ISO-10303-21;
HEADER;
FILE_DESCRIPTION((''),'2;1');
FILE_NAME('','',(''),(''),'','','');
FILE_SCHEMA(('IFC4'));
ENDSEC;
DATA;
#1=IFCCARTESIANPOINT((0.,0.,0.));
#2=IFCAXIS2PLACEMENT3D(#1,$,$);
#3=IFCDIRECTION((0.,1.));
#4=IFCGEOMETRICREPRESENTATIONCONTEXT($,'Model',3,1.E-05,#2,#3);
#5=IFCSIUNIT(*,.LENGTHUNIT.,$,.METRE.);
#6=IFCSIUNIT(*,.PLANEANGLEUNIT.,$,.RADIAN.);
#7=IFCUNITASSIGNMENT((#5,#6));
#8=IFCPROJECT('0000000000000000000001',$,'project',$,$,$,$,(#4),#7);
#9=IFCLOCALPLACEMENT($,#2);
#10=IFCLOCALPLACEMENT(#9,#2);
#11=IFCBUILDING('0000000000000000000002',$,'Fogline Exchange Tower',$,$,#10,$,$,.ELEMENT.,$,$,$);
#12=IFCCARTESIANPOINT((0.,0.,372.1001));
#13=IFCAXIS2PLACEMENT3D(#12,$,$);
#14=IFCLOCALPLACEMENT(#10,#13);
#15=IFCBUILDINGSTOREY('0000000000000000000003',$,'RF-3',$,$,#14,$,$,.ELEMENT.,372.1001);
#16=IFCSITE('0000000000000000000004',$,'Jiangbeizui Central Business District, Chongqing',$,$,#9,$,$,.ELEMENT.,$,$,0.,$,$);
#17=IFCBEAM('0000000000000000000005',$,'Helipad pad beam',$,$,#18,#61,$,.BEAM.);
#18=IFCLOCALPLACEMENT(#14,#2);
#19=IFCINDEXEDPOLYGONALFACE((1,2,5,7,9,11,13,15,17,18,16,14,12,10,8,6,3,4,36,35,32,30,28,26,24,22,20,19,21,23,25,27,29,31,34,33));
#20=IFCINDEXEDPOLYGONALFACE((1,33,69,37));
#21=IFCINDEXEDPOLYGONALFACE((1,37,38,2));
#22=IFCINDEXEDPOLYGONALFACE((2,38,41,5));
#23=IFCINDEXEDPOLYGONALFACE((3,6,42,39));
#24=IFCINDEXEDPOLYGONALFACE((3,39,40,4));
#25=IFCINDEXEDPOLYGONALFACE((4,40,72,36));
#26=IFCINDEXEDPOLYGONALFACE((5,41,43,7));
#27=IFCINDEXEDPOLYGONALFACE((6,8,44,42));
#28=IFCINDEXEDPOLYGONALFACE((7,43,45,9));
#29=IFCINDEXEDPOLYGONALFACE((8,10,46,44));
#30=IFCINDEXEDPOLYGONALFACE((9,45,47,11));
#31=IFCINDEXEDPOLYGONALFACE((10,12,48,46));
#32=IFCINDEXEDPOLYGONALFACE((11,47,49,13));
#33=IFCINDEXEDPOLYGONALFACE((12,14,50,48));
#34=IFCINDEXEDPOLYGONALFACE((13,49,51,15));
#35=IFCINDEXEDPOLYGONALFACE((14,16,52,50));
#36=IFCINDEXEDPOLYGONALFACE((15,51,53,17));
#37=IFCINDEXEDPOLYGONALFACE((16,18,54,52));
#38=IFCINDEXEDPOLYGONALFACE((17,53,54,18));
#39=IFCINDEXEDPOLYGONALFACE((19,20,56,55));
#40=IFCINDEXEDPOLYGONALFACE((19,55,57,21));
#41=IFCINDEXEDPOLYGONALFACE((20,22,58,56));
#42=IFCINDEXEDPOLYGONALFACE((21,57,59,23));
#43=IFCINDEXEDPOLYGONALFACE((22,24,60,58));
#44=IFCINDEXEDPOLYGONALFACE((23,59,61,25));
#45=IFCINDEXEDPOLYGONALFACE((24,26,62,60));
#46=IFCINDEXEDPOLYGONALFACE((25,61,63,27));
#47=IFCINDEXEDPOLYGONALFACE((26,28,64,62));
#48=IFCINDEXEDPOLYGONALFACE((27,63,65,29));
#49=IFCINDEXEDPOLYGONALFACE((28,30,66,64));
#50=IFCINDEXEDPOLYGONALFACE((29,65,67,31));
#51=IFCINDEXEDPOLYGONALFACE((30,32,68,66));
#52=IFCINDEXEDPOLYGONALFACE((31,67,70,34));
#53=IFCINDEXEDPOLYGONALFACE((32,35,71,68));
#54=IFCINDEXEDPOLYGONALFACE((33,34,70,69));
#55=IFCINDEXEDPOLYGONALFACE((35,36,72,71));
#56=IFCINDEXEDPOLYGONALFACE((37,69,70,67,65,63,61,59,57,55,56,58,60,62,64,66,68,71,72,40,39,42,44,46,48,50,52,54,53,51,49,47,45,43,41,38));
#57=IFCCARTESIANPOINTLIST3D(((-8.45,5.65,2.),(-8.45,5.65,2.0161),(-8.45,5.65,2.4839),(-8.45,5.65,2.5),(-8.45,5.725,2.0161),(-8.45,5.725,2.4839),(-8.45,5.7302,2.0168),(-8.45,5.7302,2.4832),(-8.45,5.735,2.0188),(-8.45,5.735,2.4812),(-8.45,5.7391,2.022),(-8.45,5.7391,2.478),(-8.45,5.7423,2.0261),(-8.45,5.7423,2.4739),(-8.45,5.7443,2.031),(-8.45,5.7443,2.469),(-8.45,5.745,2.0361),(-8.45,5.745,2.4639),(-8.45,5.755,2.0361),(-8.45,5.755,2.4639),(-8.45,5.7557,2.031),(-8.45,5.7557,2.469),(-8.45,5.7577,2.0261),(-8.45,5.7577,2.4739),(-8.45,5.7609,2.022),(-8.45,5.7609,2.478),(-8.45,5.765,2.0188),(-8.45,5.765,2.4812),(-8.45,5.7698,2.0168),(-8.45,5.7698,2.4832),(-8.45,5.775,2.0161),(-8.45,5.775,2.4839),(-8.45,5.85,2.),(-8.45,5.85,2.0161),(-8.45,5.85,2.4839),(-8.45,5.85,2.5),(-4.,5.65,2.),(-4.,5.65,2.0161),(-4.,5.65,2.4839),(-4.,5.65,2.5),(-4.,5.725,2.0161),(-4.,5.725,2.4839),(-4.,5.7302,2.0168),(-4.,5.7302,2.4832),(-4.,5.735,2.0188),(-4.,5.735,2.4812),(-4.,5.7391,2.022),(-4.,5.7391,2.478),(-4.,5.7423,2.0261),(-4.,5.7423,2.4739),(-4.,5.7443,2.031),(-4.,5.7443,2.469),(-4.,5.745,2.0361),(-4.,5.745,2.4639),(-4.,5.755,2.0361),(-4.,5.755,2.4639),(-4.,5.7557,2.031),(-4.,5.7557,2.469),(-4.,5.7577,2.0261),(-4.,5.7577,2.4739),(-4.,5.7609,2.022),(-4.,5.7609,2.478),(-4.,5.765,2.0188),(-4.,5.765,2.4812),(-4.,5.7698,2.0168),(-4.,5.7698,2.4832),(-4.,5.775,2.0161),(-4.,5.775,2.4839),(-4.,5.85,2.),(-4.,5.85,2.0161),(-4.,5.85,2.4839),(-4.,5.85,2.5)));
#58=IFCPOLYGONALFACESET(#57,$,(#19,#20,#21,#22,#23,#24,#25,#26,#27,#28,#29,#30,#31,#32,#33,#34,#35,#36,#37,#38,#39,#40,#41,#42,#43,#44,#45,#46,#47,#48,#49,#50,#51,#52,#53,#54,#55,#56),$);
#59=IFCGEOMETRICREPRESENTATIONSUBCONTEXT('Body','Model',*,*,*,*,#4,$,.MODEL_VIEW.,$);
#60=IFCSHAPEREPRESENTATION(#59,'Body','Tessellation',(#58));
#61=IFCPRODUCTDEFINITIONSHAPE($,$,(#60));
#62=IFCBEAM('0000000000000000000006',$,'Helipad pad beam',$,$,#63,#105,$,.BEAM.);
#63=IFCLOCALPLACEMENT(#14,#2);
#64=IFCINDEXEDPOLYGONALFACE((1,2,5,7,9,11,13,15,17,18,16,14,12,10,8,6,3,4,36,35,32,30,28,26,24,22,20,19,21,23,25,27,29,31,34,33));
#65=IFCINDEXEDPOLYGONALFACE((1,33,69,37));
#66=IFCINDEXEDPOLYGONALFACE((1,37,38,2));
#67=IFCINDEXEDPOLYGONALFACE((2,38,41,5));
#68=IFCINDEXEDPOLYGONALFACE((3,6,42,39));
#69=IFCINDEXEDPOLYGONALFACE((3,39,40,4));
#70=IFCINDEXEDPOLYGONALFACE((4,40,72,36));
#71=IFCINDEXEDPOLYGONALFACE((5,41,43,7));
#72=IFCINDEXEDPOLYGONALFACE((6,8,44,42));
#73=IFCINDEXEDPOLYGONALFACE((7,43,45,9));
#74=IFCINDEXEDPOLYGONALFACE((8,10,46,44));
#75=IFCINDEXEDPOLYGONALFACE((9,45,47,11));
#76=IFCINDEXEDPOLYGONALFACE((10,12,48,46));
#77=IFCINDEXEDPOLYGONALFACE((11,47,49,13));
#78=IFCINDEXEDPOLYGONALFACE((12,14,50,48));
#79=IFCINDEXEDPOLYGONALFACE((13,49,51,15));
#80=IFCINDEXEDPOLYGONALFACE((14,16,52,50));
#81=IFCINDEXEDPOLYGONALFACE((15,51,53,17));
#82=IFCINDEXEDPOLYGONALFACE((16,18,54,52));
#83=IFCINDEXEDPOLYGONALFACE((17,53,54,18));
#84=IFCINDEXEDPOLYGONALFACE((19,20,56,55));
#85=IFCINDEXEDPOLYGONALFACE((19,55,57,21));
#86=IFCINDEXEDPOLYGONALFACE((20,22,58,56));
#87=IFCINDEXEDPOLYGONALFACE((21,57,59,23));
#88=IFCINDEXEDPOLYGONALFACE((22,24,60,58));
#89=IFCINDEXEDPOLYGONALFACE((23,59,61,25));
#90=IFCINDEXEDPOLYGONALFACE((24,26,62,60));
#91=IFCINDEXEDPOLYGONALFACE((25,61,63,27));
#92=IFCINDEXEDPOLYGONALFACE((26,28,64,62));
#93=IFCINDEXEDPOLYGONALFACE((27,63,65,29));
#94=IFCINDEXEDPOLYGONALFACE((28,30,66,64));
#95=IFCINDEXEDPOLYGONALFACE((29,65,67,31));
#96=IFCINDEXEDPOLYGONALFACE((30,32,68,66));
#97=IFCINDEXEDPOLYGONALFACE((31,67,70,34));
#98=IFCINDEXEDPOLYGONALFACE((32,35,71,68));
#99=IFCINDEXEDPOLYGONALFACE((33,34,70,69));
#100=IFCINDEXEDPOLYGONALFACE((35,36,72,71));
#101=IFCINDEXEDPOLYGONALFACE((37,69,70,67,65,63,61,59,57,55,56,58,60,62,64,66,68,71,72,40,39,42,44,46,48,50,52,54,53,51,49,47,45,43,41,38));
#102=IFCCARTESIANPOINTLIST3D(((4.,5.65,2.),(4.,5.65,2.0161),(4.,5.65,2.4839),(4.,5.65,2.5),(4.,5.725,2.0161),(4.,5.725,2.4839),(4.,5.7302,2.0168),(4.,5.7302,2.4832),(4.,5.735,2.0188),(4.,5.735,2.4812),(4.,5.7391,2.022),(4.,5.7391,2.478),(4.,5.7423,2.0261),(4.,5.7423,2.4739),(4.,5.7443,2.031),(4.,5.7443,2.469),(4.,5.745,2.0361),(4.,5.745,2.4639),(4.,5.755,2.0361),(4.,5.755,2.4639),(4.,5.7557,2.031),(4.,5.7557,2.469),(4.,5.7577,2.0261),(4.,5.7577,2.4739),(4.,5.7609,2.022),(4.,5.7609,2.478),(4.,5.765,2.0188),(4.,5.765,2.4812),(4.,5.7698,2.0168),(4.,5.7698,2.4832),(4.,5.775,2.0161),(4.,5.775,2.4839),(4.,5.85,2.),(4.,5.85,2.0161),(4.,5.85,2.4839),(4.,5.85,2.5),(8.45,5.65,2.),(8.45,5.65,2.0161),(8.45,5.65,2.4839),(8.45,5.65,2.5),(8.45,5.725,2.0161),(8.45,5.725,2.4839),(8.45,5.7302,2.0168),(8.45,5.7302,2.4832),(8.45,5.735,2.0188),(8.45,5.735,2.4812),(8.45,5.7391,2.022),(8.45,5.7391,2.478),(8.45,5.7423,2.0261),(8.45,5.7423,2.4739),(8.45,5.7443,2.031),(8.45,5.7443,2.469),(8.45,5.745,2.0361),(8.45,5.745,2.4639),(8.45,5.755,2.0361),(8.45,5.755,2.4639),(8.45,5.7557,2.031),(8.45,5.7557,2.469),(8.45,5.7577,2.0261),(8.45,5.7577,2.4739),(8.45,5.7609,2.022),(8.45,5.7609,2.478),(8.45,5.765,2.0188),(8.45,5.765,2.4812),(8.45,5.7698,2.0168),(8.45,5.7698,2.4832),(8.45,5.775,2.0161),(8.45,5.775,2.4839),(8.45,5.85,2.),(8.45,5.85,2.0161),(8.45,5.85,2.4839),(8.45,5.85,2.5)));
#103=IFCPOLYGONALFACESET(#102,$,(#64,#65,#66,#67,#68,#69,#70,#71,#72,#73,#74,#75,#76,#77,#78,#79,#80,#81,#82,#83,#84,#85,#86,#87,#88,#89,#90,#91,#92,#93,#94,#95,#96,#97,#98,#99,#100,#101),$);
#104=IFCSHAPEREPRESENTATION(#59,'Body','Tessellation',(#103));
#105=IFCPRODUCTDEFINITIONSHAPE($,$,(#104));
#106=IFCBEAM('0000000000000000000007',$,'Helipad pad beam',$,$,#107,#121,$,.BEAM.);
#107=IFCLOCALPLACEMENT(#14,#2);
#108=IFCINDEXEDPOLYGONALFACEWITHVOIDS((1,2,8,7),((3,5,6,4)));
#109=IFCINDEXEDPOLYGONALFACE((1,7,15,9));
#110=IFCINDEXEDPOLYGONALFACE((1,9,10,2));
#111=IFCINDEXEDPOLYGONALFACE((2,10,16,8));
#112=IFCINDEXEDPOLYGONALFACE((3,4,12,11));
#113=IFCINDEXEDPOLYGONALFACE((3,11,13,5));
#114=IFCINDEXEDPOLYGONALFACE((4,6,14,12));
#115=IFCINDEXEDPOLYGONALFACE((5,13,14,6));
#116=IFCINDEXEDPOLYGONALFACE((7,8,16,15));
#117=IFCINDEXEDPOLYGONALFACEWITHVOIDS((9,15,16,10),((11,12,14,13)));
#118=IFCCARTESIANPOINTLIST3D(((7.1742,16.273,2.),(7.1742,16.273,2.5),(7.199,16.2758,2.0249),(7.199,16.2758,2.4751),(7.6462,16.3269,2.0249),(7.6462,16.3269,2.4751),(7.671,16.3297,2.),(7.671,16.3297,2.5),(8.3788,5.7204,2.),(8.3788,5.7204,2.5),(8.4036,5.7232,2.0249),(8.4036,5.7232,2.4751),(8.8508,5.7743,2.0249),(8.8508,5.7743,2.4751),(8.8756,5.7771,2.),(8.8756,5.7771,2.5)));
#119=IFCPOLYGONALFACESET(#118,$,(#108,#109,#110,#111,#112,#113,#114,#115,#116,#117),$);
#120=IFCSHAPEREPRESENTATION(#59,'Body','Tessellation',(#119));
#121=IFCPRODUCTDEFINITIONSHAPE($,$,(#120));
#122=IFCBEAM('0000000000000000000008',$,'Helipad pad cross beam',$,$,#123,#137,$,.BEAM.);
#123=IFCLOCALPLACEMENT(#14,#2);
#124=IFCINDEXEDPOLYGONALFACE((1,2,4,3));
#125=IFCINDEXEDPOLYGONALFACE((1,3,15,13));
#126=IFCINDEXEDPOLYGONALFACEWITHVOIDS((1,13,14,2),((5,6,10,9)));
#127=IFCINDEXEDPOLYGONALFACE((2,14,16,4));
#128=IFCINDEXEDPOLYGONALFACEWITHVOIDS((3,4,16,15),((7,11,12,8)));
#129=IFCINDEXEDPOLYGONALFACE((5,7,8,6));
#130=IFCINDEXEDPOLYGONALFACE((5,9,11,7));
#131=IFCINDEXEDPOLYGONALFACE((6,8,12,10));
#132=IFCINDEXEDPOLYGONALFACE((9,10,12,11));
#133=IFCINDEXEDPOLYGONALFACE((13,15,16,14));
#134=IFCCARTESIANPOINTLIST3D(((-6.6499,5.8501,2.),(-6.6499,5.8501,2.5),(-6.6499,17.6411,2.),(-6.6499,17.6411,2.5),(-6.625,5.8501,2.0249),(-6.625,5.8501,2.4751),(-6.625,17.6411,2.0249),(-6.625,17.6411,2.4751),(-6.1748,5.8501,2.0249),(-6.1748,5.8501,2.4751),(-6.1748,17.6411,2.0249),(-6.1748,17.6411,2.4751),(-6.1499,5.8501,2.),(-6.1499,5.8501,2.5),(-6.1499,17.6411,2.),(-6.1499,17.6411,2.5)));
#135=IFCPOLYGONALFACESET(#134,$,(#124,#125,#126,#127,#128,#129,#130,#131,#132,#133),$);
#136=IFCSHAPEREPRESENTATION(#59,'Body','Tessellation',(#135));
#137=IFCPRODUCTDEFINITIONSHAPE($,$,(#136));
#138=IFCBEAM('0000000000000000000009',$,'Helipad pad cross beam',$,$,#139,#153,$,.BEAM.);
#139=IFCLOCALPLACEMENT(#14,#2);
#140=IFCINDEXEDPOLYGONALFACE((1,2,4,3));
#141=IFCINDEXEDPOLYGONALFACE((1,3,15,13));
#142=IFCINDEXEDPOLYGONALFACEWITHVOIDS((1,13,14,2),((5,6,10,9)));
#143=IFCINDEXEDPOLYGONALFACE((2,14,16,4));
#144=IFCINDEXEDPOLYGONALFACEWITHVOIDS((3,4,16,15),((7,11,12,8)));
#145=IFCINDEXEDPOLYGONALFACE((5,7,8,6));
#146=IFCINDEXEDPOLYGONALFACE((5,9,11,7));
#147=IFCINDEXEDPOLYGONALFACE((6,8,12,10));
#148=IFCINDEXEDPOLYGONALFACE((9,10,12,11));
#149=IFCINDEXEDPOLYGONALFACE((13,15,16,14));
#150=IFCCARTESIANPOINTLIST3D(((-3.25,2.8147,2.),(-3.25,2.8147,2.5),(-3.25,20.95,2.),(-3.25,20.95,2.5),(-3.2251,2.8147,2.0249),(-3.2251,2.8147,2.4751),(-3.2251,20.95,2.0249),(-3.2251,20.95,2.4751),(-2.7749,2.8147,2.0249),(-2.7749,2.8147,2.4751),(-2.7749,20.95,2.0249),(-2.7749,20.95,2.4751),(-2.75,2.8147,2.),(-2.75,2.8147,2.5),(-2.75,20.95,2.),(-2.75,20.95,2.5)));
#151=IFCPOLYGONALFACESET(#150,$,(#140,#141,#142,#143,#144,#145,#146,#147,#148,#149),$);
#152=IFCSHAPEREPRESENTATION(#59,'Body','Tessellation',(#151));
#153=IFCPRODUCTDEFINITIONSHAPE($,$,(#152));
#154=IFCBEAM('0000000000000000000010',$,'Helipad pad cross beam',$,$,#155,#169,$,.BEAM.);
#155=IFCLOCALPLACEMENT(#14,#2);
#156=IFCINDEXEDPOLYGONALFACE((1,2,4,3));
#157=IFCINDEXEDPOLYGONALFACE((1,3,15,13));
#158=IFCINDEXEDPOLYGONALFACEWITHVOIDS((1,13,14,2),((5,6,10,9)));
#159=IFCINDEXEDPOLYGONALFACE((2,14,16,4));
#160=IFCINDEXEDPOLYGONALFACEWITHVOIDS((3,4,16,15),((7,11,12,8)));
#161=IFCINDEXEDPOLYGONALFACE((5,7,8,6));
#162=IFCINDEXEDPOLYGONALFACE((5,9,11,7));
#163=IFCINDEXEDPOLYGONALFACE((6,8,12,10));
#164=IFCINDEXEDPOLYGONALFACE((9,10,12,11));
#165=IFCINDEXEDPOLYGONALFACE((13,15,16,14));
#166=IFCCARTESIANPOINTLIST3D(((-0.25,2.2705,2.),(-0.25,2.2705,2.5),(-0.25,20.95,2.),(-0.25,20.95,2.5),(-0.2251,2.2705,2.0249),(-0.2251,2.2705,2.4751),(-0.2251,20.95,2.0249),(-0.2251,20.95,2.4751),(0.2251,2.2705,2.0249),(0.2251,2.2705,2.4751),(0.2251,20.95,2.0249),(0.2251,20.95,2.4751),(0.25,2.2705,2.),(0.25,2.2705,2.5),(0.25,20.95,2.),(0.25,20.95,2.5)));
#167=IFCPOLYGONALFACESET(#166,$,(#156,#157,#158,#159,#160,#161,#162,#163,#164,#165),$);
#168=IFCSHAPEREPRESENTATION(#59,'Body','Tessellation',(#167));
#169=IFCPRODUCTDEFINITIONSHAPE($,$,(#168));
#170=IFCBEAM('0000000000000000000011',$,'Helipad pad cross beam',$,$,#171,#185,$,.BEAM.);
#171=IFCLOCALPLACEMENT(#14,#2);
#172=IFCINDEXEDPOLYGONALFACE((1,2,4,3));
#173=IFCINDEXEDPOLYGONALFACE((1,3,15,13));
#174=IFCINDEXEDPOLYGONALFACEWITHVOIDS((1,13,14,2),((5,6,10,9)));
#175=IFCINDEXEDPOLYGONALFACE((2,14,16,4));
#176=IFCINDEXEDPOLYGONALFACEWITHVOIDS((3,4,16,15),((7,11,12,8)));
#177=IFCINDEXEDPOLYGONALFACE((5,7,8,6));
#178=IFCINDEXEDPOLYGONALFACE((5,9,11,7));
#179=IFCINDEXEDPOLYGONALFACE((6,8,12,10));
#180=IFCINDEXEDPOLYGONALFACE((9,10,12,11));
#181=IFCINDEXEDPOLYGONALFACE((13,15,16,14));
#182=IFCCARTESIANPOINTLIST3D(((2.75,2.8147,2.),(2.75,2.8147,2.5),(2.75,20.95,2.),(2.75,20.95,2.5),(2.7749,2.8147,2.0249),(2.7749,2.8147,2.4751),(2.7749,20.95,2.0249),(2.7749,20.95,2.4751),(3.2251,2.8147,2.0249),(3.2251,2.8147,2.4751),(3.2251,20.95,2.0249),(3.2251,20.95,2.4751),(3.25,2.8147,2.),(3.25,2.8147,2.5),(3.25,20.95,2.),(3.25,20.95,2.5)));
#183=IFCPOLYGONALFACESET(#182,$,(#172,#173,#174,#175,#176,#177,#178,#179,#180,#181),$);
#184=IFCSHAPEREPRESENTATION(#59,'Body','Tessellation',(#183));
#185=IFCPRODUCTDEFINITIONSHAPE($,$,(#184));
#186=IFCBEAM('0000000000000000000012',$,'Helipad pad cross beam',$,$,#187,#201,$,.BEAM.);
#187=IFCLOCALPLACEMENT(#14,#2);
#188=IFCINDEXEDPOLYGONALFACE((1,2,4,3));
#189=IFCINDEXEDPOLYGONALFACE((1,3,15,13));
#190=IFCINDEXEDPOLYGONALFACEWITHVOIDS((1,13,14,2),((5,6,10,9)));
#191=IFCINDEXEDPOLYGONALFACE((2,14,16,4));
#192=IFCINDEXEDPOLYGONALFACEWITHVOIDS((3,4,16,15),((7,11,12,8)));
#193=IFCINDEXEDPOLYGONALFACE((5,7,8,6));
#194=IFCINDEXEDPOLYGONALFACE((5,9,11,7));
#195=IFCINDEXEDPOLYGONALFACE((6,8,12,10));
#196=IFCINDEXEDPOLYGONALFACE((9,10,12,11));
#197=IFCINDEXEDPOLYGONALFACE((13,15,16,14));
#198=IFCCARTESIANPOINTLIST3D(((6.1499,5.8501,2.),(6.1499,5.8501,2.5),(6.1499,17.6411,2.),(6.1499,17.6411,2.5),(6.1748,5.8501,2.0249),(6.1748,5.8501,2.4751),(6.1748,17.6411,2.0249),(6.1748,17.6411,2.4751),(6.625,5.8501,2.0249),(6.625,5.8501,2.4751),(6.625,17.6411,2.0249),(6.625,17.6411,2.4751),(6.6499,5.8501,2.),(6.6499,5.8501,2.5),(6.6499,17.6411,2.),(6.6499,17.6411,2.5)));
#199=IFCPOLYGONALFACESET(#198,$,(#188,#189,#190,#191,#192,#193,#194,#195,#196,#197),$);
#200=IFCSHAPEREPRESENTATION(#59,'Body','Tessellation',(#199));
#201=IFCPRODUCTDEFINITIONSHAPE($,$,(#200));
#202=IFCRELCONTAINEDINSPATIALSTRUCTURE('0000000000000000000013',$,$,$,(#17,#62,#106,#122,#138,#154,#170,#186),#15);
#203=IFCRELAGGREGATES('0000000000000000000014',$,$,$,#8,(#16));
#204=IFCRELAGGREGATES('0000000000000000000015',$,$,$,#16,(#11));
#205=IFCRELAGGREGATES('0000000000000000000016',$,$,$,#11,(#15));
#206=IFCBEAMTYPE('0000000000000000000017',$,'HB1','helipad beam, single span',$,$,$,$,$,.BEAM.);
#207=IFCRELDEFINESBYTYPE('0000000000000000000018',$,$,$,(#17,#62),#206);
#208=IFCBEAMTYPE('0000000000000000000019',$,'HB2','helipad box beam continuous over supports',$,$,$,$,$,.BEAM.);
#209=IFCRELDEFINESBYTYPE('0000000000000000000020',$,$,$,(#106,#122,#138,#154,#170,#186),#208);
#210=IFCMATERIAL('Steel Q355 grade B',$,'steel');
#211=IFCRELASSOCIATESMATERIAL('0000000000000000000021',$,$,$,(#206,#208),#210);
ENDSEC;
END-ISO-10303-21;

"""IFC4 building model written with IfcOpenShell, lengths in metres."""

from ifc_helpers import new_model, si_unit, direction, frame, origin, origin_2d, place, context, subcontext, project, spatial, hollow_rectangle, i_section, extrude, material, material_profile, profile_set, type_object, element, save


model = new_model("IFC4")

# Units and contexts
model_context = context("Model", 3, precision=1e-05, world=origin(), true_north=direction((0.0, 1.0)))
body_context = subcontext(model_context, "Body", "Model", "MODEL_VIEW")
ifc_project = project(units=[si_unit("LENGTHUNIT", "METRE"), si_unit("PLANEANGLEUNIT", "RADIAN")], contexts=[model_context])

# Site, building, storey
site_placement = place(None, origin())
site = spatial("IfcSite", under=ifc_project, at=site_placement, Name="Jiangbeizui Central Business District, Chongqing", CompositionType="ELEMENT", RefElevation=0.0)
building_placement = place(site_placement, origin())
building = spatial("IfcBuilding", under=site, at=building_placement, Name="Fogline Exchange Tower", CompositionType="ELEMENT")
storey_placement = place(building_placement, frame((0.0, 0.0, 372.1001)))
storey = spatial("IfcBuildingStorey", under=building, at=storey_placement, Name="RF-3", CompositionType="ELEMENT", Elevation=372.1001)

# Beams
ifc_material_1 = material(Name="Steel Q355 grade B", Category="steel")
ifc_material_profile_1 = material_profile(ifc_material_1, i_section(OverallWidth=0.2, OverallDepth=0.5, WebThickness=0.01, FlangeThickness=0.0161, FilletRadius=0.02, at=origin_2d()), Name="HN500X200X10X16")
ifc_profile_set_1 = profile_set([ifc_material_profile_1], Name="Steel Q355 grade B")
beam_type_1 = type_object("IfcBeamType", Name="HB1", Description="helipad beam, single span", PredefinedType="BEAM", material=ifc_profile_set_1)
for number, where, z_axis, x_axis, name in (
    (1, (-8.45, 5.75, 2.25), (1.0, 0.0, 0.0), (0.0, 1.0, 0.0), "Helipad pad beam"),
    (2, (8.45, 5.75, 2.25), (-1.0, 0.0, 0.0), (0.0, -1.0, 0.0), "Helipad pad beam"),
):
    element("IfcBeam", number, at=place(storey_placement, frame(where, z_axis=z_axis, x_axis=x_axis)), inside=storey, type_object=beam_type_1, Name=name, PredefinedType="BEAM", context=body_context, shape_type="SweptSolid", body=[
        extrude(i_section(OverallWidth=0.2, OverallDepth=0.5, WebThickness=0.01, FlangeThickness=0.0161, FilletRadius=0.02, at=origin_2d()), origin(), (0.0, 0.0, 1.0), 4.45),
    ])
ifc_material_profile_2 = material_profile(ifc_material_1, hollow_rectangle(XDim=0.5, YDim=0.5, WallThickness=0.0249, at=origin_2d()), Name="BOX500X500X25")
ifc_profile_set_2 = profile_set([ifc_material_profile_2], Name="Steel Q355 grade B")
beam_type_2 = type_object("IfcBeamType", Name="HB2", Description="helipad box beam continuous over supports", PredefinedType="BEAM", material=ifc_profile_set_2)
beam_1_placement = place(storey_placement, frame((8.6272, 5.7488, 2.25), z_axis=(-0.113416, 0.993548, 0.0), x_axis=(-0.993548, -0.113416, 0.0)))
element("IfcBeam", 3, at=beam_1_placement, inside=storey, type_object=beam_type_2, Name="Helipad pad beam", PredefinedType="BEAM", context=body_context, shape_type="SweptSolid", body=[
    extrude(hollow_rectangle(XDim=0.5, YDim=0.5, WallThickness=0.0249, at=origin_2d()), origin(), (0.0, 0.0, 1.0), 10.6211),
])
beam_2_placement = place(storey_placement, frame((-6.3999, 5.8501, 2.25), z_axis=(0.0, 1.0, 0.0), x_axis=(-1.0, 0.0, 0.0)))
element("IfcBeam", 4, at=beam_2_placement, inside=storey, type_object=beam_type_2, Name="Helipad pad cross beam", PredefinedType="BEAM", context=body_context, shape_type="SweptSolid", body=[
    extrude(hollow_rectangle(XDim=0.5, YDim=0.5, WallThickness=0.0249, at=origin_2d()), origin(), (0.0, 0.0, 1.0), 11.791),
])
beam_3_placement = place(storey_placement, frame((-3.0, 2.8147, 2.25), z_axis=(0.0, 1.0, 0.0), x_axis=(-1.0, 0.0, 0.0)))
element("IfcBeam", 5, at=beam_3_placement, inside=storey, type_object=beam_type_2, Name="Helipad pad cross beam", PredefinedType="BEAM", context=body_context, shape_type="SweptSolid", body=[
    extrude(hollow_rectangle(XDim=0.5, YDim=0.5, WallThickness=0.0249, at=origin_2d()), origin(), (0.0, 0.0, 1.0), 18.1353),
])
beam_4_placement = place(storey_placement, frame((0.0, 2.2705, 2.25), z_axis=(0.0, 1.0, 0.0), x_axis=(-1.0, 0.0, 0.0)))
element("IfcBeam", 6, at=beam_4_placement, inside=storey, type_object=beam_type_2, Name="Helipad pad cross beam", PredefinedType="BEAM", context=body_context, shape_type="SweptSolid", body=[
    extrude(hollow_rectangle(XDim=0.5, YDim=0.5, WallThickness=0.0249, at=origin_2d()), origin(), (0.0, 0.0, 1.0), 18.6794),
])
beam_5_placement = place(storey_placement, frame((3.0, 2.8147, 2.25), z_axis=(0.0, 1.0, 0.0), x_axis=(-1.0, 0.0, 0.0)))
element("IfcBeam", 7, at=beam_5_placement, inside=storey, type_object=beam_type_2, Name="Helipad pad cross beam", PredefinedType="BEAM", context=body_context, shape_type="SweptSolid", body=[
    extrude(hollow_rectangle(XDim=0.5, YDim=0.5, WallThickness=0.0249, at=origin_2d()), origin(), (0.0, 0.0, 1.0), 18.1353),
])
beam_6_placement = place(storey_placement, frame((6.3999, 5.8501, 2.25), z_axis=(0.0, 1.0, 0.0), x_axis=(-1.0, 0.0, 0.0)))
element("IfcBeam", 8, at=beam_6_placement, inside=storey, type_object=beam_type_2, Name="Helipad pad cross beam", PredefinedType="BEAM", context=body_context, shape_type="SweptSolid", body=[
    extrude(hollow_rectangle(XDim=0.5, YDim=0.5, WallThickness=0.0249, at=origin_2d()), origin(), (0.0, 0.0, 1.0), 11.791),
])

save(model, "model.ifc")
